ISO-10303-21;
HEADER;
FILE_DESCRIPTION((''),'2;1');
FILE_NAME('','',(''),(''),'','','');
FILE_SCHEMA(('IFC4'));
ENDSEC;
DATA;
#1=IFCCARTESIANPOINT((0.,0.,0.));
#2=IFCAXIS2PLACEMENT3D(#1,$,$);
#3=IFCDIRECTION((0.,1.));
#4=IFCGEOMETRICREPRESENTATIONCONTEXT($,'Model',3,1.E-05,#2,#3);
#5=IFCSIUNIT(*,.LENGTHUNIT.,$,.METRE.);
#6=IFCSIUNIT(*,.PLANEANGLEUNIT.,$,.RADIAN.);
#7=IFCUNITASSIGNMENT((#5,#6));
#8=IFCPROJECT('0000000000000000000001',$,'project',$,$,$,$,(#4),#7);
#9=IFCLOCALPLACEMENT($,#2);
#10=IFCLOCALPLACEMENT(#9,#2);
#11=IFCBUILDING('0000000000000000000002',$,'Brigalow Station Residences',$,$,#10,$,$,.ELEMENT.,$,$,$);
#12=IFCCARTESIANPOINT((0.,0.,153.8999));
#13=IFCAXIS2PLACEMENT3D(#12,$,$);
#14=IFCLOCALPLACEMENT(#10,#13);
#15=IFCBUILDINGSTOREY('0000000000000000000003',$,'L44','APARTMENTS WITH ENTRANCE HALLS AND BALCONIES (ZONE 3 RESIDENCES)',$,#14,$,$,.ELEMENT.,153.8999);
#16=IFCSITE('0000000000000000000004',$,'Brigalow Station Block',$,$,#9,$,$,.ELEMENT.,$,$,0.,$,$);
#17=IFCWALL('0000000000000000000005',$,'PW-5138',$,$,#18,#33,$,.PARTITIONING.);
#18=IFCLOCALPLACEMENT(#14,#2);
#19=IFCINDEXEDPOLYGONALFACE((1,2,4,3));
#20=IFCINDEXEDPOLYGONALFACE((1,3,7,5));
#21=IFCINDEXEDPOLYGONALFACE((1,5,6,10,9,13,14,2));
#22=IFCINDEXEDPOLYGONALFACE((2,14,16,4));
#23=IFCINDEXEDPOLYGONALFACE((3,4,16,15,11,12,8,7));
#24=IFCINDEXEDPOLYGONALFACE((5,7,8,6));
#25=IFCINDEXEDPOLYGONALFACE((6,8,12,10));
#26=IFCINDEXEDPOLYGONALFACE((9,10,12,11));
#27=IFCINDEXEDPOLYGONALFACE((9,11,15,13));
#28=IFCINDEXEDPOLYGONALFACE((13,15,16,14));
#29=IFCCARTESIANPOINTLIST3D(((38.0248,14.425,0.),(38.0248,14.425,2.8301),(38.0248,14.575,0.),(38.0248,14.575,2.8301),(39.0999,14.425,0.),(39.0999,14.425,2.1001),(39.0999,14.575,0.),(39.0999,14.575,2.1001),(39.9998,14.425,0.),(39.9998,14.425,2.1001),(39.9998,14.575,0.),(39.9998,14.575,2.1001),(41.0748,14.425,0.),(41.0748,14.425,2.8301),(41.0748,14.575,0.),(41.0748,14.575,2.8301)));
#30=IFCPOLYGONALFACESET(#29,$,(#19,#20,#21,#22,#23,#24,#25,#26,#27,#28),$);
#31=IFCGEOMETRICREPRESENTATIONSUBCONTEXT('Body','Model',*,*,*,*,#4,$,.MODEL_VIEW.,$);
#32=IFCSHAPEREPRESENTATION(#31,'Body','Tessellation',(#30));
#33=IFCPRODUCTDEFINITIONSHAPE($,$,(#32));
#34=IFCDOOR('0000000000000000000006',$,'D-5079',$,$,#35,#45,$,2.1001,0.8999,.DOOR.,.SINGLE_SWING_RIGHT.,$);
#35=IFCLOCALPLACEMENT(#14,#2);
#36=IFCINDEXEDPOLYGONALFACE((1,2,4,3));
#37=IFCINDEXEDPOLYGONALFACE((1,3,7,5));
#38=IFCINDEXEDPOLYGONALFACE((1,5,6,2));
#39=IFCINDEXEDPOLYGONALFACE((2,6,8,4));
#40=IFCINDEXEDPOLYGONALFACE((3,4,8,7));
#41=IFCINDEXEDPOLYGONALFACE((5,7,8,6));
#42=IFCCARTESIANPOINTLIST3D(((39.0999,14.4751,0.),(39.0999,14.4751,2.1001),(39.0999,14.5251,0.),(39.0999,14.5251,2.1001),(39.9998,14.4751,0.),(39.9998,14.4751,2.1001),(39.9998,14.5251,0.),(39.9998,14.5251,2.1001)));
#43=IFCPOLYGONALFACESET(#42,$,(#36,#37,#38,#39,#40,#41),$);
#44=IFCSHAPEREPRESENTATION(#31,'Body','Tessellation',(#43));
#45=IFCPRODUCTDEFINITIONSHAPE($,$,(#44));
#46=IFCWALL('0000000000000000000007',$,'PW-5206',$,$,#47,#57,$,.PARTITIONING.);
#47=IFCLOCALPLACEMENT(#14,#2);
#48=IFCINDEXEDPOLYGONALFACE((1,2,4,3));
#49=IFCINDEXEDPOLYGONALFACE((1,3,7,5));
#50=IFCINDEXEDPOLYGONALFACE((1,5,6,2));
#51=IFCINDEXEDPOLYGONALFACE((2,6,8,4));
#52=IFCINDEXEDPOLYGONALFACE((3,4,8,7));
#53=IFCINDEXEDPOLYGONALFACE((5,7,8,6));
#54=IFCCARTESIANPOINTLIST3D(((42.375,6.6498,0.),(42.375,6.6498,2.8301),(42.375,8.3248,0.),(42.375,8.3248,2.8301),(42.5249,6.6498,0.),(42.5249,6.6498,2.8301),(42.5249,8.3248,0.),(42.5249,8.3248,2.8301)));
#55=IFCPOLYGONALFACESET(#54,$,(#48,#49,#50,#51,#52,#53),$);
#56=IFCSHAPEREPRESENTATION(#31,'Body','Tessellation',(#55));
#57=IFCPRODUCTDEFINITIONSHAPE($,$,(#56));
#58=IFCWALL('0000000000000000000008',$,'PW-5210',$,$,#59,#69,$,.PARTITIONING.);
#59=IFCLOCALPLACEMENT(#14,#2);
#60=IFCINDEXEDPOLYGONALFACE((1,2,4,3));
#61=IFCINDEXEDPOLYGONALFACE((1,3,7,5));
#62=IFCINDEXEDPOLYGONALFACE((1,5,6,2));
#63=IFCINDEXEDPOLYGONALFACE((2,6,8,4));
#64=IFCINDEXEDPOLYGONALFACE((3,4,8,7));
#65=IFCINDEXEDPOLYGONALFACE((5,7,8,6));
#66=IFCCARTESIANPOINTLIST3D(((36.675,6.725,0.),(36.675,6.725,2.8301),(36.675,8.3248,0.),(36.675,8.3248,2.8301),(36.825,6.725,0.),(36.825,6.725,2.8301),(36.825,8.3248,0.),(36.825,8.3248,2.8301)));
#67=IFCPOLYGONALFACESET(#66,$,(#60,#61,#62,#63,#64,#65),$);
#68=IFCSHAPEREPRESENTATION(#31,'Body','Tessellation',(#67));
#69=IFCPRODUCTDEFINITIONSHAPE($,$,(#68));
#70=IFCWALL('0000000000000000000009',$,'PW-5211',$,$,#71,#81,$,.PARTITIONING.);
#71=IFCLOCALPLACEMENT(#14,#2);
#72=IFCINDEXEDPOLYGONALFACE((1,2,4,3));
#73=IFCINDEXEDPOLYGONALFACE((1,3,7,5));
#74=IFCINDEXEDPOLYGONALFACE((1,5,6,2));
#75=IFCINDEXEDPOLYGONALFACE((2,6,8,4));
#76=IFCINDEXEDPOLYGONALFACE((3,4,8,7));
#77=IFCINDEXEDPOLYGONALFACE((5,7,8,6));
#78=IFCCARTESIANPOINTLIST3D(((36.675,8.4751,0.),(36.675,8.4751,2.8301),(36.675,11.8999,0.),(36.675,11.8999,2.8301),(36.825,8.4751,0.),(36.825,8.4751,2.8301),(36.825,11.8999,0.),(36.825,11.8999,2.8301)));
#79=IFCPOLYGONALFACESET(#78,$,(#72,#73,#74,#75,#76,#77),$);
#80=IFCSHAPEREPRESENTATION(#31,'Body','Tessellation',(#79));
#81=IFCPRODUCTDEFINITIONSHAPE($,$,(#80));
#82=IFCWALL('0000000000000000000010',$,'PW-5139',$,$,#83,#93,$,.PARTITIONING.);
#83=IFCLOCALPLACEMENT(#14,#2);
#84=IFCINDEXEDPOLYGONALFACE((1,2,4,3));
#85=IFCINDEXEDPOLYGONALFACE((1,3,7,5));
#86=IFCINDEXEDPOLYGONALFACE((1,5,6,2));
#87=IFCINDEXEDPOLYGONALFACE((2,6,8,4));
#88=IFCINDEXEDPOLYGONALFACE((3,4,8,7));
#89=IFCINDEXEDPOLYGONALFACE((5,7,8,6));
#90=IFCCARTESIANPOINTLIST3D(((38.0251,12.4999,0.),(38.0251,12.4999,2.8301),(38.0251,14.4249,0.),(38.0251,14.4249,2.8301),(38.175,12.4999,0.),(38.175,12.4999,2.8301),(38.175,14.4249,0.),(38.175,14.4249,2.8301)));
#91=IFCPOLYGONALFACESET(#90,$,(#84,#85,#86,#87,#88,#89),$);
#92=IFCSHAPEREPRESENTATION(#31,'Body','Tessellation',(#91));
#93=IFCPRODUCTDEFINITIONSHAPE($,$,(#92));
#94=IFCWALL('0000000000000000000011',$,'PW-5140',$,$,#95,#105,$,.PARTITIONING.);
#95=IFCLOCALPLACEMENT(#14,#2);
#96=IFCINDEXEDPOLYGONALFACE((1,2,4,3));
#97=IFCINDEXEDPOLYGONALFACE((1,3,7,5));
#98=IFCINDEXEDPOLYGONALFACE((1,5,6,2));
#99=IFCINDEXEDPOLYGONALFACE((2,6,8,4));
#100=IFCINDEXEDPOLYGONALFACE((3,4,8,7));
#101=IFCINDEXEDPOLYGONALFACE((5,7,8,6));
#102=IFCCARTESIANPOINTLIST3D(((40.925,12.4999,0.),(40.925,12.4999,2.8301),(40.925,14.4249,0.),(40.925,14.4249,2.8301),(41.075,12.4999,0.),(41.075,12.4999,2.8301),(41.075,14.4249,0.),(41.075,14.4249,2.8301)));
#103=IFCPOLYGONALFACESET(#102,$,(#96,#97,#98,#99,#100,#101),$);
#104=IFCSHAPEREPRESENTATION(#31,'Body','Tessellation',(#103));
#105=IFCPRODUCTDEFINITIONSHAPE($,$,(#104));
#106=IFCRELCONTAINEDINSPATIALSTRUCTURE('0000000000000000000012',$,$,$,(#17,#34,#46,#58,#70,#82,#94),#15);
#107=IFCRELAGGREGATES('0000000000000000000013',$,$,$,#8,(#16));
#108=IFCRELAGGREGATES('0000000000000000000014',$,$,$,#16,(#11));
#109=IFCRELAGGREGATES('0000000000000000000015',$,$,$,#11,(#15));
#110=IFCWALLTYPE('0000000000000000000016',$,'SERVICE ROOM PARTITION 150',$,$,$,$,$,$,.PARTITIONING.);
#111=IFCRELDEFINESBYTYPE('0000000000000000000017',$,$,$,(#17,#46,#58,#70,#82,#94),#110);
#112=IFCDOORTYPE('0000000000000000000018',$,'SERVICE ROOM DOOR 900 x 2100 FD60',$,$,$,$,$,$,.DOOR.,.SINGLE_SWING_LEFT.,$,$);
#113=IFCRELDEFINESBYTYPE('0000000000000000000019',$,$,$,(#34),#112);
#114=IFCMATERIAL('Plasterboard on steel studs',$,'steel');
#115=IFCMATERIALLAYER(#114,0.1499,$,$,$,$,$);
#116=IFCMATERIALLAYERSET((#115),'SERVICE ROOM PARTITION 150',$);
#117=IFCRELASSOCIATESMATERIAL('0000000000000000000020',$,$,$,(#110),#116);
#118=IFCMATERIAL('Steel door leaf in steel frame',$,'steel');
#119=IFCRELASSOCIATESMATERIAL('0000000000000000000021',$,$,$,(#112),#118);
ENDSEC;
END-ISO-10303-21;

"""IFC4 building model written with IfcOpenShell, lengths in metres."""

from ifc_helpers import new_model, si_unit, direction, frame, frame_2d, origin, place, context, subcontext, project, spatial, rectangle, extrude, material, layer, layer_set, type_object, element, fill, save


model = new_model("IFC4")

# Units and contexts
model_context = context("Model", 3, precision=1e-05, world=origin(), true_north=direction((0.0, 1.0)))
body_context = subcontext(model_context, "Body", "Model", "MODEL_VIEW")
ifc_project = project(units=[si_unit("LENGTHUNIT", "METRE"), si_unit("PLANEANGLEUNIT", "RADIAN")], contexts=[model_context])

# Site, building, storey
site_placement = place(None, origin())
site = spatial("IfcSite", under=ifc_project, at=site_placement, Name="Brigalow Station Block", CompositionType="ELEMENT", RefElevation=0.0)
building_placement = place(site_placement, origin())
building = spatial("IfcBuilding", under=site, at=building_placement, Name="Brigalow Station Residences", CompositionType="ELEMENT")
storey_placement = place(building_placement, frame((0.0, 0.0, 153.8999)))
storey = spatial("IfcBuildingStorey", under=building, at=storey_placement, Name="L44", Description="APARTMENTS WITH ENTRANCE HALLS AND BALCONIES (ZONE 3 RESIDENCES)", CompositionType="ELEMENT", Elevation=153.8999)

# Shared definitions
ifc_material_1 = material(Name="Plasterboard on steel studs", Category="steel")
ifc_layer_1 = layer(ifc_material_1, 0.1499)
ifc_layer_set_1 = layer_set([ifc_layer_1], Name="SERVICE ROOM PARTITION 150")
wall_type_1 = type_object("IfcWallType", Name="SERVICE ROOM PARTITION 150", PredefinedType="PARTITIONING", material=ifc_layer_set_1)
ifc_material_2 = material(Name="Steel door leaf in steel frame", Category="steel")
door_type_1 = type_object("IfcDoorType", Name="SERVICE ROOM DOOR 900 x 2100 FD60", OperationType="SINGLE_SWING_LEFT", PredefinedType="DOOR", material=ifc_material_2)

# Wall, opening, door
wall_1_placement = place(storey_placement, frame((38.0249, 14.5, 0.0), z_axis=(0.0, 0.0, 1.0), x_axis=(1.0, 0.0, 0.0)))
wall_1 = element("IfcWall", 1, at=wall_1_placement, inside=storey, type_object=wall_type_1, Name="PW-5138", PredefinedType="PARTITIONING", context=body_context, shape_type="SweptSolid", body=[
    extrude(rectangle(XDim=3.05, YDim=0.1499, at=frame_2d((1.5249, 0.0))), origin(), (0.0, 0.0, 1.0), 2.8301),
])
opening_1_placement = place(wall_1_placement, frame((1.075, 0.0, 0.0)))
opening_1 = element("IfcOpeningElement", 2, at=opening_1_placement, cuts=wall_1, PredefinedType="OPENING", context=body_context, shape_type="SweptSolid", body=[
    extrude(rectangle(XDim=0.8999, YDim=2.1001, at=frame_2d((0.45, 1.05))), frame((0.0, 0.085, 0.0), z_axis=(0.0, -1.0, 0.0), x_axis=(1.0, 0.0, 0.0)), (0.0, 0.0, 1.0), 0.1699),
])
door_1_placement = place(opening_1_placement, frame((0.8999, 0.0, 0.0), z_axis=(0.0, 0.0, 1.0), x_axis=(-1.0, 0.0, 0.0)))
door_1 = element("IfcDoor", 3, at=door_1_placement, inside=storey, type_object=door_type_1, Name="D-5079", OperationType="SINGLE_SWING_RIGHT", OverallHeight=2.1001, OverallWidth=0.8999, PredefinedType="DOOR", context=body_context, shape_type="SweptSolid", body=[
    extrude(rectangle(XDim=0.8999, YDim=2.1001, at=frame_2d((0.45, 1.05))), frame((0.0, 0.0249, 0.0), z_axis=(0.0, -1.0, 0.0), x_axis=(1.0, 0.0, 0.0)), (0.0, 0.0, 1.0), 0.05),
])
fill(opening_1, door_1)

# Walls
wall_2_placement = place(storey_placement, frame((42.45, 6.6499, 0.0), z_axis=(0.0, 0.0, 1.0), x_axis=(0.0, 1.0, 0.0)))
element("IfcWall", 4, at=wall_2_placement, inside=storey, type_object=wall_type_1, Name="PW-5206", PredefinedType="PARTITIONING", context=body_context, shape_type="SweptSolid", body=[
    extrude(rectangle(XDim=1.675, YDim=0.1499, at=frame_2d((0.8374, 0.0))), origin(), (0.0, 0.0, 1.0), 2.8301),
])
wall_3_placement = place(storey_placement, frame((36.75, 6.7251, 0.0), z_axis=(0.0, 0.0, 1.0), x_axis=(0.0, 1.0, 0.0)))
element("IfcWall", 5, at=wall_3_placement, inside=storey, type_object=wall_type_1, Name="PW-5210", PredefinedType="PARTITIONING", context=body_context, shape_type="SweptSolid", body=[
    extrude(rectangle(XDim=1.5999, YDim=0.1499, at=frame_2d((0.7998, 0.0))), origin(), (0.0, 0.0, 1.0), 2.8301),
])
wall_4_placement = place(storey_placement, frame((36.75, 8.4751, 0.0), z_axis=(0.0, 0.0, 1.0), x_axis=(0.0, 1.0, 0.0)))
element("IfcWall", 6, at=wall_4_placement, inside=storey, type_object=wall_type_1, Name="PW-5211", PredefinedType="PARTITIONING", context=body_context, shape_type="SweptSolid", body=[
    extrude(rectangle(XDim=3.4248, YDim=0.1499, at=frame_2d((1.7124, 0.0))), origin(), (0.0, 0.0, 1.0), 2.8301),
])
for number, where, z_axis, x_axis, name in (
    (7, (38.1001, 12.5, 0.0), (0.0, 0.0, 1.0), (0.0, 1.0, 0.0), "PW-5139"),
    (8, (41.0, 12.5, 0.0), (0.0, 0.0, 1.0), (0.0, 1.0, 0.0), "PW-5140"),
):
    element("IfcWall", number, at=place(storey_placement, frame(where, z_axis=z_axis, x_axis=x_axis)), inside=storey, type_object=wall_type_1, Name=name, PredefinedType="PARTITIONING", context=body_context, shape_type="SweptSolid", body=[
        extrude(rectangle(XDim=1.925, YDim=0.1499, at=frame_2d((0.9624, 0.0))), origin(), (0.0, 0.0, 1.0), 2.8301),
    ])

save(model, "model.ifc")
